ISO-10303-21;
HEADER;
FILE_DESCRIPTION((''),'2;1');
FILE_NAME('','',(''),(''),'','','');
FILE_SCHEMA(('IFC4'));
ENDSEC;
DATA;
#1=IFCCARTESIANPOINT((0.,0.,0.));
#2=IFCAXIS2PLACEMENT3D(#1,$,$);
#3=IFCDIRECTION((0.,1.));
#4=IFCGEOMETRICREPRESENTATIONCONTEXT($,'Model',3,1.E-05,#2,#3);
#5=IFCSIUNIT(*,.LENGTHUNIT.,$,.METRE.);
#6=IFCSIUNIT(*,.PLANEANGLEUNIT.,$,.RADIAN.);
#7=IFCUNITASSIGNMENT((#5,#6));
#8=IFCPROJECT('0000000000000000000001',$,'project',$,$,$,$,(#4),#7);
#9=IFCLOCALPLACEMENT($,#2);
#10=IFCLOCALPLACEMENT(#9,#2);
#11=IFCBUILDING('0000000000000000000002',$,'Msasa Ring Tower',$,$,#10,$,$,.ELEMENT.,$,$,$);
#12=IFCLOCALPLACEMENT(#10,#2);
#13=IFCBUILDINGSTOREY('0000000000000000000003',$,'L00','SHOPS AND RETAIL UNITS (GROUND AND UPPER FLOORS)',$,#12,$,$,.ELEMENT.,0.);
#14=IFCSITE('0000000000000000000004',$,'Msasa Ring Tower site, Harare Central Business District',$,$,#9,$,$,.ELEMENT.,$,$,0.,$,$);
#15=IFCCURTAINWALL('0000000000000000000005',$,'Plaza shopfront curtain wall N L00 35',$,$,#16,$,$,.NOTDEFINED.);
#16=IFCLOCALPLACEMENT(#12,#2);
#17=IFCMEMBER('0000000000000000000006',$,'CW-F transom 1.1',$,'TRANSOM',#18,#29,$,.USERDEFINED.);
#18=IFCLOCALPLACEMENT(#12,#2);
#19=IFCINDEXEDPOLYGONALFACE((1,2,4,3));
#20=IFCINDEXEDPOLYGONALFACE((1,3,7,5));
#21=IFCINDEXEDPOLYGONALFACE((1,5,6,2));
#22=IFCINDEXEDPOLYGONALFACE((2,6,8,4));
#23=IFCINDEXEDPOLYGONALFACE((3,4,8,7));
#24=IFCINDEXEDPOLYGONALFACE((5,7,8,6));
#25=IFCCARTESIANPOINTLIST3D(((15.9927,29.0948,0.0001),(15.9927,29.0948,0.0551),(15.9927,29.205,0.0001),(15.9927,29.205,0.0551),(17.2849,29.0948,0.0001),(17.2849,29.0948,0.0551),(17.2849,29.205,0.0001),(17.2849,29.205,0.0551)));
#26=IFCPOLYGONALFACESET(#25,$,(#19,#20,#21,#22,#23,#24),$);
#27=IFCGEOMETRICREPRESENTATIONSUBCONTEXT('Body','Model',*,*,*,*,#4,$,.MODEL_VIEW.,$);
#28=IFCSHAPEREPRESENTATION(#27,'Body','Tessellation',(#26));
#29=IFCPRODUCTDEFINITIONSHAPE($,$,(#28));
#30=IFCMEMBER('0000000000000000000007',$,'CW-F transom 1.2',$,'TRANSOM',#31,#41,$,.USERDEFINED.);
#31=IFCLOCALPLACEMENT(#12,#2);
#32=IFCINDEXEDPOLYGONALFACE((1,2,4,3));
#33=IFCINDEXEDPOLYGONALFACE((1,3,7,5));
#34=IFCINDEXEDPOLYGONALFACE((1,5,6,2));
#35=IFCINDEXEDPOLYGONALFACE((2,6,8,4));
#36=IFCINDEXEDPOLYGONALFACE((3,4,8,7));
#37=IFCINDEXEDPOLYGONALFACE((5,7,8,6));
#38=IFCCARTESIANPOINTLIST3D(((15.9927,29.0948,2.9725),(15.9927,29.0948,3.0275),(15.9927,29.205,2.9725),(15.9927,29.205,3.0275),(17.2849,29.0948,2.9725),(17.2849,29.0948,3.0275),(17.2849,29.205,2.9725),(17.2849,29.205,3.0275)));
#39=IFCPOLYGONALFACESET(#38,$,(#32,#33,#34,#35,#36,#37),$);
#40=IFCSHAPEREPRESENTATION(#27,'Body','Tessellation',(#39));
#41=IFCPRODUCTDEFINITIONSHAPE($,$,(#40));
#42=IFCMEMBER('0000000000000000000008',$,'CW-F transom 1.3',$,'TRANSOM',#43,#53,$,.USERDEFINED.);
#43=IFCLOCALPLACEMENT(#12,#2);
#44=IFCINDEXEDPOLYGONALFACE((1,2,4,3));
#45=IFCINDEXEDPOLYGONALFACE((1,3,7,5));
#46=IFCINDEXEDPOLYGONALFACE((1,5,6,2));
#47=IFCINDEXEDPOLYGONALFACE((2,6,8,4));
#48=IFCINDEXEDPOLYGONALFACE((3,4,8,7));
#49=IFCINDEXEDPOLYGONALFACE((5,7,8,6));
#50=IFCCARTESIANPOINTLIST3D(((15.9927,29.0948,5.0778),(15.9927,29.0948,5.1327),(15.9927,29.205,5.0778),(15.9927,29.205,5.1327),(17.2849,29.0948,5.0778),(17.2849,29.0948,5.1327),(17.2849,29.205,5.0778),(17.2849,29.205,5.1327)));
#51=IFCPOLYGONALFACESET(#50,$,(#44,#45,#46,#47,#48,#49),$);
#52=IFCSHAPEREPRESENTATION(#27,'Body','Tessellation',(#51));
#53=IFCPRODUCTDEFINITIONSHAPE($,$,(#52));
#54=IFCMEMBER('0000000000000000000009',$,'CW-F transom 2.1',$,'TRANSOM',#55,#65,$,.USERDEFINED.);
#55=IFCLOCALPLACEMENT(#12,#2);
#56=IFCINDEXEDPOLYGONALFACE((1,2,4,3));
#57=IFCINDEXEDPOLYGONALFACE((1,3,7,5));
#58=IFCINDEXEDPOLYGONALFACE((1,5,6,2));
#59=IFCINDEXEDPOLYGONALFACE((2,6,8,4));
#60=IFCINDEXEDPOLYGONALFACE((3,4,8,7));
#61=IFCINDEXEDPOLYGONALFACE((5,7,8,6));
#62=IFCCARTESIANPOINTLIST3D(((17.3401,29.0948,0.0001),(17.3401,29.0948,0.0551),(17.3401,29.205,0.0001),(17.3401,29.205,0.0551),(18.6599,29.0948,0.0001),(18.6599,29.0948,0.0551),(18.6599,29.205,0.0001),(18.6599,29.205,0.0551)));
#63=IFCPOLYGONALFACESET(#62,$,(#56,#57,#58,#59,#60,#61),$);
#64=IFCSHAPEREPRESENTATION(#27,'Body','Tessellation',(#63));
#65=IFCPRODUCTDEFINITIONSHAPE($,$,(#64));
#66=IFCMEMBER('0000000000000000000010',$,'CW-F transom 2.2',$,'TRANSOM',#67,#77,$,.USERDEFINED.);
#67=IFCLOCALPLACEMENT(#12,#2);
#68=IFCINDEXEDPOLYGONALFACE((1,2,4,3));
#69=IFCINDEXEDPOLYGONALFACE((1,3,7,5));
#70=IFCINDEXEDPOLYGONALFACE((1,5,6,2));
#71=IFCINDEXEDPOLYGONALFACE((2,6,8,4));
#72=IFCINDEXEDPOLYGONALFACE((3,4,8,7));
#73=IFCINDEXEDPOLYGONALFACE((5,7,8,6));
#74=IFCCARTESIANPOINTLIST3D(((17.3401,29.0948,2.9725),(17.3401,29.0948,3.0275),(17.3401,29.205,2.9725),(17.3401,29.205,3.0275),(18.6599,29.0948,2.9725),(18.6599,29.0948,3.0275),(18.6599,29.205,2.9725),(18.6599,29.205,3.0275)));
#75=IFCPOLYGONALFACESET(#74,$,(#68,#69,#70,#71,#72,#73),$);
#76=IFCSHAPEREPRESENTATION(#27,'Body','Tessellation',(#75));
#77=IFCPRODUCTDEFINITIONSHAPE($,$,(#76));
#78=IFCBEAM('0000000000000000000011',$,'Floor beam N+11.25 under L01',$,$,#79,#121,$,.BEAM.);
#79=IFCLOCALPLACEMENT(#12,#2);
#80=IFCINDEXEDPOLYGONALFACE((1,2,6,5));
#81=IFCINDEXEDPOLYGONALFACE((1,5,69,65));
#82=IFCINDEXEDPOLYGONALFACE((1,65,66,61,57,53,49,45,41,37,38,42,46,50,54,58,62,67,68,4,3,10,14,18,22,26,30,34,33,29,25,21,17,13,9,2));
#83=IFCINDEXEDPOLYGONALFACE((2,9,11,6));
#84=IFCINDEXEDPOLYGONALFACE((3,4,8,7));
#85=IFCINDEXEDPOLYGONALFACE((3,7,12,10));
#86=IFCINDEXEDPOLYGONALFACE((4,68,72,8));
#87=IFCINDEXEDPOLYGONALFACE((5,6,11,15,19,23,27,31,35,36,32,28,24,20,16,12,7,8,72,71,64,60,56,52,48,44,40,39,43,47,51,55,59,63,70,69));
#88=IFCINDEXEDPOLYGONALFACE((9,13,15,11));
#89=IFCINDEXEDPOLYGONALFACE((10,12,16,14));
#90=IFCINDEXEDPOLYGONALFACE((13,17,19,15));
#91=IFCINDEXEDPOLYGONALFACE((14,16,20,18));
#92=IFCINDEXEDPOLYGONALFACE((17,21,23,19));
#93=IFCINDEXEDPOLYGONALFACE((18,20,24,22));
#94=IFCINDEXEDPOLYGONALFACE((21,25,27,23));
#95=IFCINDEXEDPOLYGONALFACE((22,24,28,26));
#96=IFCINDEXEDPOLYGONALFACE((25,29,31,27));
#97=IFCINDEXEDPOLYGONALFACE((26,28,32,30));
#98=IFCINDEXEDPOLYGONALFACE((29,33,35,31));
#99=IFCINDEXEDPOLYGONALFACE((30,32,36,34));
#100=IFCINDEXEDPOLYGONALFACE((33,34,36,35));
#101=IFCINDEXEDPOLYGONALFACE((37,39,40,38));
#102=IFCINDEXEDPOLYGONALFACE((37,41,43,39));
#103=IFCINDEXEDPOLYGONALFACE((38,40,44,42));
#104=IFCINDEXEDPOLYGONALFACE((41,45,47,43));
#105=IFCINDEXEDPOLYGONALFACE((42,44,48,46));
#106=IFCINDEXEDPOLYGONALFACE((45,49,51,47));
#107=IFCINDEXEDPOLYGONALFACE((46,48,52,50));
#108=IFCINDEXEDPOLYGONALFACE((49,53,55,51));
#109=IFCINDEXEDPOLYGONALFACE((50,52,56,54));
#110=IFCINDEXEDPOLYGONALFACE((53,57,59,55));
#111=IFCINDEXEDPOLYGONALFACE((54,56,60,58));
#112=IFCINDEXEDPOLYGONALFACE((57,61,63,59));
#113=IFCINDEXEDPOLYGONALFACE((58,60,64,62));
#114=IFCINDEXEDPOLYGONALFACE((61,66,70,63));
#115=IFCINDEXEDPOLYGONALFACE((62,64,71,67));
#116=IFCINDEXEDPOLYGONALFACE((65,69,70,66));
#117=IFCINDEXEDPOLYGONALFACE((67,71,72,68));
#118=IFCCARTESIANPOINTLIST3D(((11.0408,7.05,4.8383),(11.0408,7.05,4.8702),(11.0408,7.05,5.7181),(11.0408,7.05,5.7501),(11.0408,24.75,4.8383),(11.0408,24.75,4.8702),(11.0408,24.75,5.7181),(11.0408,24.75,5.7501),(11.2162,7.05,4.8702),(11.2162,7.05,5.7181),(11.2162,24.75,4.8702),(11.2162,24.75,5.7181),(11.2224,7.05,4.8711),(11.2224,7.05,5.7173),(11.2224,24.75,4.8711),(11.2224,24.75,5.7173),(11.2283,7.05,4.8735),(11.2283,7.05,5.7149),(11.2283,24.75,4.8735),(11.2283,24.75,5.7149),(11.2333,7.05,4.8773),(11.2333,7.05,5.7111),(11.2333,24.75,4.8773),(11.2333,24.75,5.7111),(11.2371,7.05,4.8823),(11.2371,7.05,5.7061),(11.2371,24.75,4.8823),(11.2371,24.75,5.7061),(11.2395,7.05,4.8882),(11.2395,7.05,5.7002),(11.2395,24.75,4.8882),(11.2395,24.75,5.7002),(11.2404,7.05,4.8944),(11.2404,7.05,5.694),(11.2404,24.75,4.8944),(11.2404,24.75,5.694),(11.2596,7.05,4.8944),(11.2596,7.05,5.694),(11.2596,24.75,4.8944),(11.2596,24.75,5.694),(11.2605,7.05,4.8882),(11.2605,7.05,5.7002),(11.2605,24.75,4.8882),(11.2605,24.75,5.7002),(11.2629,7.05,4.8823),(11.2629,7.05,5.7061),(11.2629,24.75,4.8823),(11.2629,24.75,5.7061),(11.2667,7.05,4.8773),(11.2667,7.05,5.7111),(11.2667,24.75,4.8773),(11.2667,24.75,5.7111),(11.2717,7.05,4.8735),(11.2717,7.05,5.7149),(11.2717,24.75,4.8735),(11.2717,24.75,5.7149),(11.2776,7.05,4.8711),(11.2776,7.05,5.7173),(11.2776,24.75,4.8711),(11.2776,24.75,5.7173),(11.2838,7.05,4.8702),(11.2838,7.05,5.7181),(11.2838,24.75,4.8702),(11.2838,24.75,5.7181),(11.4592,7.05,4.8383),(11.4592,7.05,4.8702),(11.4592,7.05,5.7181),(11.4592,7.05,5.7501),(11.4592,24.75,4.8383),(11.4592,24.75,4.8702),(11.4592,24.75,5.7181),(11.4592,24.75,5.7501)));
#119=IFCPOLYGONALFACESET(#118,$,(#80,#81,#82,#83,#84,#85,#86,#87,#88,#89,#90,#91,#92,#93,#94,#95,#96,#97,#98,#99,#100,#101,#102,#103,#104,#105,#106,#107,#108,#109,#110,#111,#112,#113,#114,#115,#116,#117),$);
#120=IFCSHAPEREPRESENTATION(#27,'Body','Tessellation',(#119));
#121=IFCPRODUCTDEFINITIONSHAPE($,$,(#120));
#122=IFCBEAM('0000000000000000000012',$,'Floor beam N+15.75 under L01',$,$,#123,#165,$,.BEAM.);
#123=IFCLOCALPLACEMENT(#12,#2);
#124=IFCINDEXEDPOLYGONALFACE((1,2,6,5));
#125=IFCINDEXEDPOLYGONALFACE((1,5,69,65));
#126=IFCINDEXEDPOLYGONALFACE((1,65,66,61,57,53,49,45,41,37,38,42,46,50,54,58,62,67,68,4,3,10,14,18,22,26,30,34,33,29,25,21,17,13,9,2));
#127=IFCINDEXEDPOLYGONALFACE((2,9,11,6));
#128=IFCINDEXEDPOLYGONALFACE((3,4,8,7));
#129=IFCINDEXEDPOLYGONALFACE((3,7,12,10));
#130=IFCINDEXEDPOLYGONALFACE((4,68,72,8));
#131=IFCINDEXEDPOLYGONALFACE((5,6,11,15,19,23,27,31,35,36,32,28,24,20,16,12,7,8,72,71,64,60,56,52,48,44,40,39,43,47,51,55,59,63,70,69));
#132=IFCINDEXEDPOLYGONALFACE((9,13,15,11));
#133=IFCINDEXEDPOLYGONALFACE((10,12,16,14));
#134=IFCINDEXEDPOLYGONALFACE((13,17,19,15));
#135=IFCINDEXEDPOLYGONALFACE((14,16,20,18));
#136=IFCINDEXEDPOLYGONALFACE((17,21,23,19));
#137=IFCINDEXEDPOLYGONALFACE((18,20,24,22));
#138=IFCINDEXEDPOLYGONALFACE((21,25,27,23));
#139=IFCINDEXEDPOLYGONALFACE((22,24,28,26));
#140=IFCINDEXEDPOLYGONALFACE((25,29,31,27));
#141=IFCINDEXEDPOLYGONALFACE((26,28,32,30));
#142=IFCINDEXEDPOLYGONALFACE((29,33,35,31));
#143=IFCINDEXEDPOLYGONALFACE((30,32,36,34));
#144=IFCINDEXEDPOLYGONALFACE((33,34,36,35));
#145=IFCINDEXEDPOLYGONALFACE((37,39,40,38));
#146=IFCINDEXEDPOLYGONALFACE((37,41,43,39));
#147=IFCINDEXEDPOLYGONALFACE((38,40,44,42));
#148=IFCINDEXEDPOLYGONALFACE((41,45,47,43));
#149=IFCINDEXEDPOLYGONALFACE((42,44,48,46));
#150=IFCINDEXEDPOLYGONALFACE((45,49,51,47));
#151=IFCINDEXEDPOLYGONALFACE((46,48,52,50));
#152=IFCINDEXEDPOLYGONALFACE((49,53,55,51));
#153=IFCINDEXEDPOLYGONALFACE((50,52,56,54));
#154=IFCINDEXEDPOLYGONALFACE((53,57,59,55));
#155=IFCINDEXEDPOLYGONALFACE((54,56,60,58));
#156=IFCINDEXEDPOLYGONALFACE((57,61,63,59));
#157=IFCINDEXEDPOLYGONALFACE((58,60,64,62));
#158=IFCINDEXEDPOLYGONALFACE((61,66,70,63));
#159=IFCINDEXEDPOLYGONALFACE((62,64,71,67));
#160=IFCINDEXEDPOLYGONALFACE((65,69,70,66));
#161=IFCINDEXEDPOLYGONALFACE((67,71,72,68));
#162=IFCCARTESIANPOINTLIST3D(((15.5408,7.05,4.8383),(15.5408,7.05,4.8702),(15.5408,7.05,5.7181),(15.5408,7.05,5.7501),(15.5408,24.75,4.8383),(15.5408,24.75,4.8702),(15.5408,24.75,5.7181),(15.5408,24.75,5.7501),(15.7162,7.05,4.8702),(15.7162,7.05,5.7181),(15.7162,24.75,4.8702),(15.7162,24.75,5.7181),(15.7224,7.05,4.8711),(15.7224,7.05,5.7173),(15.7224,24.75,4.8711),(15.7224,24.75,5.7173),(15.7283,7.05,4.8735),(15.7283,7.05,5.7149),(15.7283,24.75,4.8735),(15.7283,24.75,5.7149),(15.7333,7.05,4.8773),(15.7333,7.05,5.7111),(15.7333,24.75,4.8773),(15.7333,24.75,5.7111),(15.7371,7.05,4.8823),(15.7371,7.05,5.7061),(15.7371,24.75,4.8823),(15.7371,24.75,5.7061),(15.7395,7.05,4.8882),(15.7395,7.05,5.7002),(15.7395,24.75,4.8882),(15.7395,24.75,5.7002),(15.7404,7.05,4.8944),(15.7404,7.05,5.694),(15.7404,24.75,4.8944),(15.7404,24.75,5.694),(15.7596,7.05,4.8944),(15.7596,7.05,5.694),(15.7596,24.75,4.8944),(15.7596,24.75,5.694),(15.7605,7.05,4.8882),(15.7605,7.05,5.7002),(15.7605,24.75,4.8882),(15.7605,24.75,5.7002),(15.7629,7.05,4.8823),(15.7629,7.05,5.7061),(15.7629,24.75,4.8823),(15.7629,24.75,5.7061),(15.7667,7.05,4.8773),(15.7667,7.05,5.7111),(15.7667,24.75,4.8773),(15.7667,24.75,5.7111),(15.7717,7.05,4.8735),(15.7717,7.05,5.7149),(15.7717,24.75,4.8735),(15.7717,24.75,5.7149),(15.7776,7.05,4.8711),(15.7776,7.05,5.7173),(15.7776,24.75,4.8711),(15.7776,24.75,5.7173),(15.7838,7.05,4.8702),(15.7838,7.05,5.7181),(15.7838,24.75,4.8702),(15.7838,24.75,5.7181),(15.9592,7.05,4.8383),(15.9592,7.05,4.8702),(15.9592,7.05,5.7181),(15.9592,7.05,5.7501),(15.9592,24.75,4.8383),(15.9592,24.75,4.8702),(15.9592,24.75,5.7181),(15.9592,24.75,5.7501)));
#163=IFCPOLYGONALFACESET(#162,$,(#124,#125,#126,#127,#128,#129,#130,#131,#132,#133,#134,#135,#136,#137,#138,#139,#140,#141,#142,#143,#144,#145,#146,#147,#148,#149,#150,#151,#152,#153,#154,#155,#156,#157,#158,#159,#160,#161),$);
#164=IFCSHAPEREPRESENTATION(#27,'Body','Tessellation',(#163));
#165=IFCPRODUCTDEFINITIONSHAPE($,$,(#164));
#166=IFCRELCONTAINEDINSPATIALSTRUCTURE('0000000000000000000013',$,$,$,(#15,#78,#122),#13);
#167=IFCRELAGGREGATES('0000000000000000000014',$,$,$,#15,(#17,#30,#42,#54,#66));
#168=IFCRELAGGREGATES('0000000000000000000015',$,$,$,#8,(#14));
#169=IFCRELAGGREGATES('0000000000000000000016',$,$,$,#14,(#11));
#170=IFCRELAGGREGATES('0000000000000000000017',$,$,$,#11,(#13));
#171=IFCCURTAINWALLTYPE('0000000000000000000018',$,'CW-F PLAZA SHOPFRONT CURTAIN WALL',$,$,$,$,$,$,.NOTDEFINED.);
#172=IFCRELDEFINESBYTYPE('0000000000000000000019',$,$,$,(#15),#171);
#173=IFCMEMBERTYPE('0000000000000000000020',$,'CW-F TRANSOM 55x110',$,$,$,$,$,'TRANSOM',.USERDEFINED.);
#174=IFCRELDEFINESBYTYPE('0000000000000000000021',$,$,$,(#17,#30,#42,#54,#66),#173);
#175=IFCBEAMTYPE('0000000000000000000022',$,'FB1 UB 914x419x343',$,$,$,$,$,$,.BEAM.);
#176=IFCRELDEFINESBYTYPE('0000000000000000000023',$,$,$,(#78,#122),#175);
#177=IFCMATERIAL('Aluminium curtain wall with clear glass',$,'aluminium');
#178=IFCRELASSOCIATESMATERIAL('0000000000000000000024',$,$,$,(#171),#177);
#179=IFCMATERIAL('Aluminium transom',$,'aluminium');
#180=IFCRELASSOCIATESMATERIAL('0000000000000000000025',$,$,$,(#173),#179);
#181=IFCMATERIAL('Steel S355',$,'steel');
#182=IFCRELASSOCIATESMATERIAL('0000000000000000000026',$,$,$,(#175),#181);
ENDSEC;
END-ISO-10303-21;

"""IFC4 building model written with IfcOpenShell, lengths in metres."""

from ifc_helpers import new_model, si_unit, direction, frame, origin, origin_2d, place, context, subcontext, project, spatial, rectangle, i_section, extrude, material, material_profile, profile_set, type_object, element, aggregate, save


model = new_model("IFC4")

# Units and contexts
model_context = context("Model", 3, precision=1e-05, world=origin(), true_north=direction((0.0, 1.0)))
body_context = subcontext(model_context, "Body", "Model", "MODEL_VIEW")
ifc_project = project(units=[si_unit("LENGTHUNIT", "METRE"), si_unit("PLANEANGLEUNIT", "RADIAN")], contexts=[model_context])

# Site, building, storey
site_placement = place(None, origin())
site = spatial("IfcSite", under=ifc_project, at=site_placement, Name="Msasa Ring Tower site, Harare Central Business District", CompositionType="ELEMENT", RefElevation=0.0)
building_placement = place(site_placement, origin())
building = spatial("IfcBuilding", under=site, at=building_placement, Name="Msasa Ring Tower", CompositionType="ELEMENT")
storey_placement = place(building_placement, origin())
storey = spatial("IfcBuildingStorey", under=building, at=storey_placement, Name="L00", Description="SHOPS AND RETAIL UNITS (GROUND AND UPPER FLOORS)", CompositionType="ELEMENT", Elevation=0.0)

# Shared definitions
ifc_material_1 = material(Name="Aluminium curtain wall with clear glass", Category="aluminium")
curtain_wall_type = type_object("IfcCurtainWallType", Name="CW-F PLAZA SHOPFRONT CURTAIN WALL", PredefinedType="NOTDEFINED", material=ifc_material_1)

# Curtain wall, members
curtain_wall_1_placement = place(storey_placement, origin())
curtain_wall_1 = element("IfcCurtainWall", 1, at=curtain_wall_1_placement, inside=storey, type_object=curtain_wall_type, Name="Plaza shopfront curtain wall N L00 35", PredefinedType="NOTDEFINED")
ifc_material_2 = material(Name="Aluminium transom", Category="aluminium")
ifc_material_profile_1 = material_profile(ifc_material_2, rectangle(XDim=0.1101, YDim=0.0549, at=origin_2d()), Name="AL 55x110")
ifc_profile_set_1 = profile_set([ifc_material_profile_1], Name="Aluminium transom")
member_type_1 = type_object("IfcMemberType", Name="CW-F TRANSOM 55x110", ElementType="TRANSOM", PredefinedType="USERDEFINED", material=ifc_profile_set_1)
member_1_placement = place(storey_placement, frame((15.9927, 29.1499, 0.0276), z_axis=(1.0, 0.0, 0.0), x_axis=(0.0, 1.0, 0.0)))
member_1 = element("IfcMember", 2, at=member_1_placement, type_object=member_type_1, Name="CW-F transom 1.1", ObjectType="TRANSOM", PredefinedType="USERDEFINED", context=body_context, shape_type="SweptSolid", body=[
    extrude(rectangle(XDim=0.1101, YDim=0.0549, at=origin_2d()), origin(), (0.0, 0.0, 1.0), 1.2922),
])
member_2_placement = place(storey_placement, frame((15.9927, 29.1499, 3.0), z_axis=(1.0, 0.0, 0.0), x_axis=(0.0, 1.0, 0.0)))
member_2 = element("IfcMember", 3, at=member_2_placement, type_object=member_type_1, Name="CW-F transom 1.2", ObjectType="TRANSOM", PredefinedType="USERDEFINED", context=body_context, shape_type="SweptSolid", body=[
    extrude(rectangle(XDim=0.1101, YDim=0.0549, at=origin_2d()), origin(), (0.0, 0.0, 1.0), 1.2922),
])
member_3_placement = place(storey_placement, frame((15.9927, 29.1499, 5.1052), z_axis=(1.0, 0.0, 0.0), x_axis=(0.0, 1.0, 0.0)))
member_3 = element("IfcMember", 4, at=member_3_placement, type_object=member_type_1, Name="CW-F transom 1.3", ObjectType="TRANSOM", PredefinedType="USERDEFINED", context=body_context, shape_type="SweptSolid", body=[
    extrude(rectangle(XDim=0.1101, YDim=0.0549, at=origin_2d()), origin(), (0.0, 0.0, 1.0), 1.2922),
])
member_4_placement = place(storey_placement, frame((17.3401, 29.1499, 0.0276), z_axis=(1.0, 0.0, 0.0), x_axis=(0.0, 1.0, 0.0)))
member_4 = element("IfcMember", 5, at=member_4_placement, type_object=member_type_1, Name="CW-F transom 2.1", ObjectType="TRANSOM", PredefinedType="USERDEFINED", context=body_context, shape_type="SweptSolid", body=[
    extrude(rectangle(XDim=0.1101, YDim=0.0549, at=origin_2d()), origin(), (0.0, 0.0, 1.0), 1.3198),
])
member_5_placement = place(storey_placement, frame((17.3401, 29.1499, 3.0), z_axis=(1.0, 0.0, 0.0), x_axis=(0.0, 1.0, 0.0)))
member_5 = element("IfcMember", 6, at=member_5_placement, type_object=member_type_1, Name="CW-F transom 2.2", ObjectType="TRANSOM", PredefinedType="USERDEFINED", context=body_context, shape_type="SweptSolid", body=[
    extrude(rectangle(XDim=0.1101, YDim=0.0549, at=origin_2d()), origin(), (0.0, 0.0, 1.0), 1.3198),
])

# Beams
ifc_material_3 = material(Name="Steel S355", Category="steel")
ifc_material_profile_2 = material_profile(ifc_material_3, i_section(OverallWidth=0.4185, OverallDepth=0.9119, WebThickness=0.0193, FlangeThickness=0.032, FilletRadius=0.0242, at=origin_2d()), Name="UB 914x419x343")
ifc_profile_set_2 = profile_set([ifc_material_profile_2], Name="Steel S355")
beam_type_1 = type_object("IfcBeamType", Name="FB1 UB 914x419x343", PredefinedType="BEAM", material=ifc_profile_set_2)
for number, where, z_axis, x_axis, name in (
    (7, (11.25, 24.75, 5.2942), (0.0, -1.0, 0.0), (1.0, 0.0, 0.0), "Floor beam N+11.25 under L01"),
    (8, (15.75, 24.75, 5.2942), (0.0, -1.0, 0.0), (1.0, 0.0, 0.0), "Floor beam N+15.75 under L01"),
):
    element("IfcBeam", number, at=place(storey_placement, frame(where, z_axis=z_axis, x_axis=x_axis)), inside=storey, type_object=beam_type_1, Name=name, PredefinedType="BEAM", context=body_context, shape_type="SweptSolid", body=[
        extrude(i_section(OverallWidth=0.4185, OverallDepth=0.9119, WebThickness=0.0193, FlangeThickness=0.032, FilletRadius=0.0242, at=origin_2d()), origin(), (0.0, 0.0, 1.0), 17.7),
    ])

aggregate(curtain_wall_1, [member_1, member_2, member_3, member_4, member_5])

save(model, "model.ifc")
